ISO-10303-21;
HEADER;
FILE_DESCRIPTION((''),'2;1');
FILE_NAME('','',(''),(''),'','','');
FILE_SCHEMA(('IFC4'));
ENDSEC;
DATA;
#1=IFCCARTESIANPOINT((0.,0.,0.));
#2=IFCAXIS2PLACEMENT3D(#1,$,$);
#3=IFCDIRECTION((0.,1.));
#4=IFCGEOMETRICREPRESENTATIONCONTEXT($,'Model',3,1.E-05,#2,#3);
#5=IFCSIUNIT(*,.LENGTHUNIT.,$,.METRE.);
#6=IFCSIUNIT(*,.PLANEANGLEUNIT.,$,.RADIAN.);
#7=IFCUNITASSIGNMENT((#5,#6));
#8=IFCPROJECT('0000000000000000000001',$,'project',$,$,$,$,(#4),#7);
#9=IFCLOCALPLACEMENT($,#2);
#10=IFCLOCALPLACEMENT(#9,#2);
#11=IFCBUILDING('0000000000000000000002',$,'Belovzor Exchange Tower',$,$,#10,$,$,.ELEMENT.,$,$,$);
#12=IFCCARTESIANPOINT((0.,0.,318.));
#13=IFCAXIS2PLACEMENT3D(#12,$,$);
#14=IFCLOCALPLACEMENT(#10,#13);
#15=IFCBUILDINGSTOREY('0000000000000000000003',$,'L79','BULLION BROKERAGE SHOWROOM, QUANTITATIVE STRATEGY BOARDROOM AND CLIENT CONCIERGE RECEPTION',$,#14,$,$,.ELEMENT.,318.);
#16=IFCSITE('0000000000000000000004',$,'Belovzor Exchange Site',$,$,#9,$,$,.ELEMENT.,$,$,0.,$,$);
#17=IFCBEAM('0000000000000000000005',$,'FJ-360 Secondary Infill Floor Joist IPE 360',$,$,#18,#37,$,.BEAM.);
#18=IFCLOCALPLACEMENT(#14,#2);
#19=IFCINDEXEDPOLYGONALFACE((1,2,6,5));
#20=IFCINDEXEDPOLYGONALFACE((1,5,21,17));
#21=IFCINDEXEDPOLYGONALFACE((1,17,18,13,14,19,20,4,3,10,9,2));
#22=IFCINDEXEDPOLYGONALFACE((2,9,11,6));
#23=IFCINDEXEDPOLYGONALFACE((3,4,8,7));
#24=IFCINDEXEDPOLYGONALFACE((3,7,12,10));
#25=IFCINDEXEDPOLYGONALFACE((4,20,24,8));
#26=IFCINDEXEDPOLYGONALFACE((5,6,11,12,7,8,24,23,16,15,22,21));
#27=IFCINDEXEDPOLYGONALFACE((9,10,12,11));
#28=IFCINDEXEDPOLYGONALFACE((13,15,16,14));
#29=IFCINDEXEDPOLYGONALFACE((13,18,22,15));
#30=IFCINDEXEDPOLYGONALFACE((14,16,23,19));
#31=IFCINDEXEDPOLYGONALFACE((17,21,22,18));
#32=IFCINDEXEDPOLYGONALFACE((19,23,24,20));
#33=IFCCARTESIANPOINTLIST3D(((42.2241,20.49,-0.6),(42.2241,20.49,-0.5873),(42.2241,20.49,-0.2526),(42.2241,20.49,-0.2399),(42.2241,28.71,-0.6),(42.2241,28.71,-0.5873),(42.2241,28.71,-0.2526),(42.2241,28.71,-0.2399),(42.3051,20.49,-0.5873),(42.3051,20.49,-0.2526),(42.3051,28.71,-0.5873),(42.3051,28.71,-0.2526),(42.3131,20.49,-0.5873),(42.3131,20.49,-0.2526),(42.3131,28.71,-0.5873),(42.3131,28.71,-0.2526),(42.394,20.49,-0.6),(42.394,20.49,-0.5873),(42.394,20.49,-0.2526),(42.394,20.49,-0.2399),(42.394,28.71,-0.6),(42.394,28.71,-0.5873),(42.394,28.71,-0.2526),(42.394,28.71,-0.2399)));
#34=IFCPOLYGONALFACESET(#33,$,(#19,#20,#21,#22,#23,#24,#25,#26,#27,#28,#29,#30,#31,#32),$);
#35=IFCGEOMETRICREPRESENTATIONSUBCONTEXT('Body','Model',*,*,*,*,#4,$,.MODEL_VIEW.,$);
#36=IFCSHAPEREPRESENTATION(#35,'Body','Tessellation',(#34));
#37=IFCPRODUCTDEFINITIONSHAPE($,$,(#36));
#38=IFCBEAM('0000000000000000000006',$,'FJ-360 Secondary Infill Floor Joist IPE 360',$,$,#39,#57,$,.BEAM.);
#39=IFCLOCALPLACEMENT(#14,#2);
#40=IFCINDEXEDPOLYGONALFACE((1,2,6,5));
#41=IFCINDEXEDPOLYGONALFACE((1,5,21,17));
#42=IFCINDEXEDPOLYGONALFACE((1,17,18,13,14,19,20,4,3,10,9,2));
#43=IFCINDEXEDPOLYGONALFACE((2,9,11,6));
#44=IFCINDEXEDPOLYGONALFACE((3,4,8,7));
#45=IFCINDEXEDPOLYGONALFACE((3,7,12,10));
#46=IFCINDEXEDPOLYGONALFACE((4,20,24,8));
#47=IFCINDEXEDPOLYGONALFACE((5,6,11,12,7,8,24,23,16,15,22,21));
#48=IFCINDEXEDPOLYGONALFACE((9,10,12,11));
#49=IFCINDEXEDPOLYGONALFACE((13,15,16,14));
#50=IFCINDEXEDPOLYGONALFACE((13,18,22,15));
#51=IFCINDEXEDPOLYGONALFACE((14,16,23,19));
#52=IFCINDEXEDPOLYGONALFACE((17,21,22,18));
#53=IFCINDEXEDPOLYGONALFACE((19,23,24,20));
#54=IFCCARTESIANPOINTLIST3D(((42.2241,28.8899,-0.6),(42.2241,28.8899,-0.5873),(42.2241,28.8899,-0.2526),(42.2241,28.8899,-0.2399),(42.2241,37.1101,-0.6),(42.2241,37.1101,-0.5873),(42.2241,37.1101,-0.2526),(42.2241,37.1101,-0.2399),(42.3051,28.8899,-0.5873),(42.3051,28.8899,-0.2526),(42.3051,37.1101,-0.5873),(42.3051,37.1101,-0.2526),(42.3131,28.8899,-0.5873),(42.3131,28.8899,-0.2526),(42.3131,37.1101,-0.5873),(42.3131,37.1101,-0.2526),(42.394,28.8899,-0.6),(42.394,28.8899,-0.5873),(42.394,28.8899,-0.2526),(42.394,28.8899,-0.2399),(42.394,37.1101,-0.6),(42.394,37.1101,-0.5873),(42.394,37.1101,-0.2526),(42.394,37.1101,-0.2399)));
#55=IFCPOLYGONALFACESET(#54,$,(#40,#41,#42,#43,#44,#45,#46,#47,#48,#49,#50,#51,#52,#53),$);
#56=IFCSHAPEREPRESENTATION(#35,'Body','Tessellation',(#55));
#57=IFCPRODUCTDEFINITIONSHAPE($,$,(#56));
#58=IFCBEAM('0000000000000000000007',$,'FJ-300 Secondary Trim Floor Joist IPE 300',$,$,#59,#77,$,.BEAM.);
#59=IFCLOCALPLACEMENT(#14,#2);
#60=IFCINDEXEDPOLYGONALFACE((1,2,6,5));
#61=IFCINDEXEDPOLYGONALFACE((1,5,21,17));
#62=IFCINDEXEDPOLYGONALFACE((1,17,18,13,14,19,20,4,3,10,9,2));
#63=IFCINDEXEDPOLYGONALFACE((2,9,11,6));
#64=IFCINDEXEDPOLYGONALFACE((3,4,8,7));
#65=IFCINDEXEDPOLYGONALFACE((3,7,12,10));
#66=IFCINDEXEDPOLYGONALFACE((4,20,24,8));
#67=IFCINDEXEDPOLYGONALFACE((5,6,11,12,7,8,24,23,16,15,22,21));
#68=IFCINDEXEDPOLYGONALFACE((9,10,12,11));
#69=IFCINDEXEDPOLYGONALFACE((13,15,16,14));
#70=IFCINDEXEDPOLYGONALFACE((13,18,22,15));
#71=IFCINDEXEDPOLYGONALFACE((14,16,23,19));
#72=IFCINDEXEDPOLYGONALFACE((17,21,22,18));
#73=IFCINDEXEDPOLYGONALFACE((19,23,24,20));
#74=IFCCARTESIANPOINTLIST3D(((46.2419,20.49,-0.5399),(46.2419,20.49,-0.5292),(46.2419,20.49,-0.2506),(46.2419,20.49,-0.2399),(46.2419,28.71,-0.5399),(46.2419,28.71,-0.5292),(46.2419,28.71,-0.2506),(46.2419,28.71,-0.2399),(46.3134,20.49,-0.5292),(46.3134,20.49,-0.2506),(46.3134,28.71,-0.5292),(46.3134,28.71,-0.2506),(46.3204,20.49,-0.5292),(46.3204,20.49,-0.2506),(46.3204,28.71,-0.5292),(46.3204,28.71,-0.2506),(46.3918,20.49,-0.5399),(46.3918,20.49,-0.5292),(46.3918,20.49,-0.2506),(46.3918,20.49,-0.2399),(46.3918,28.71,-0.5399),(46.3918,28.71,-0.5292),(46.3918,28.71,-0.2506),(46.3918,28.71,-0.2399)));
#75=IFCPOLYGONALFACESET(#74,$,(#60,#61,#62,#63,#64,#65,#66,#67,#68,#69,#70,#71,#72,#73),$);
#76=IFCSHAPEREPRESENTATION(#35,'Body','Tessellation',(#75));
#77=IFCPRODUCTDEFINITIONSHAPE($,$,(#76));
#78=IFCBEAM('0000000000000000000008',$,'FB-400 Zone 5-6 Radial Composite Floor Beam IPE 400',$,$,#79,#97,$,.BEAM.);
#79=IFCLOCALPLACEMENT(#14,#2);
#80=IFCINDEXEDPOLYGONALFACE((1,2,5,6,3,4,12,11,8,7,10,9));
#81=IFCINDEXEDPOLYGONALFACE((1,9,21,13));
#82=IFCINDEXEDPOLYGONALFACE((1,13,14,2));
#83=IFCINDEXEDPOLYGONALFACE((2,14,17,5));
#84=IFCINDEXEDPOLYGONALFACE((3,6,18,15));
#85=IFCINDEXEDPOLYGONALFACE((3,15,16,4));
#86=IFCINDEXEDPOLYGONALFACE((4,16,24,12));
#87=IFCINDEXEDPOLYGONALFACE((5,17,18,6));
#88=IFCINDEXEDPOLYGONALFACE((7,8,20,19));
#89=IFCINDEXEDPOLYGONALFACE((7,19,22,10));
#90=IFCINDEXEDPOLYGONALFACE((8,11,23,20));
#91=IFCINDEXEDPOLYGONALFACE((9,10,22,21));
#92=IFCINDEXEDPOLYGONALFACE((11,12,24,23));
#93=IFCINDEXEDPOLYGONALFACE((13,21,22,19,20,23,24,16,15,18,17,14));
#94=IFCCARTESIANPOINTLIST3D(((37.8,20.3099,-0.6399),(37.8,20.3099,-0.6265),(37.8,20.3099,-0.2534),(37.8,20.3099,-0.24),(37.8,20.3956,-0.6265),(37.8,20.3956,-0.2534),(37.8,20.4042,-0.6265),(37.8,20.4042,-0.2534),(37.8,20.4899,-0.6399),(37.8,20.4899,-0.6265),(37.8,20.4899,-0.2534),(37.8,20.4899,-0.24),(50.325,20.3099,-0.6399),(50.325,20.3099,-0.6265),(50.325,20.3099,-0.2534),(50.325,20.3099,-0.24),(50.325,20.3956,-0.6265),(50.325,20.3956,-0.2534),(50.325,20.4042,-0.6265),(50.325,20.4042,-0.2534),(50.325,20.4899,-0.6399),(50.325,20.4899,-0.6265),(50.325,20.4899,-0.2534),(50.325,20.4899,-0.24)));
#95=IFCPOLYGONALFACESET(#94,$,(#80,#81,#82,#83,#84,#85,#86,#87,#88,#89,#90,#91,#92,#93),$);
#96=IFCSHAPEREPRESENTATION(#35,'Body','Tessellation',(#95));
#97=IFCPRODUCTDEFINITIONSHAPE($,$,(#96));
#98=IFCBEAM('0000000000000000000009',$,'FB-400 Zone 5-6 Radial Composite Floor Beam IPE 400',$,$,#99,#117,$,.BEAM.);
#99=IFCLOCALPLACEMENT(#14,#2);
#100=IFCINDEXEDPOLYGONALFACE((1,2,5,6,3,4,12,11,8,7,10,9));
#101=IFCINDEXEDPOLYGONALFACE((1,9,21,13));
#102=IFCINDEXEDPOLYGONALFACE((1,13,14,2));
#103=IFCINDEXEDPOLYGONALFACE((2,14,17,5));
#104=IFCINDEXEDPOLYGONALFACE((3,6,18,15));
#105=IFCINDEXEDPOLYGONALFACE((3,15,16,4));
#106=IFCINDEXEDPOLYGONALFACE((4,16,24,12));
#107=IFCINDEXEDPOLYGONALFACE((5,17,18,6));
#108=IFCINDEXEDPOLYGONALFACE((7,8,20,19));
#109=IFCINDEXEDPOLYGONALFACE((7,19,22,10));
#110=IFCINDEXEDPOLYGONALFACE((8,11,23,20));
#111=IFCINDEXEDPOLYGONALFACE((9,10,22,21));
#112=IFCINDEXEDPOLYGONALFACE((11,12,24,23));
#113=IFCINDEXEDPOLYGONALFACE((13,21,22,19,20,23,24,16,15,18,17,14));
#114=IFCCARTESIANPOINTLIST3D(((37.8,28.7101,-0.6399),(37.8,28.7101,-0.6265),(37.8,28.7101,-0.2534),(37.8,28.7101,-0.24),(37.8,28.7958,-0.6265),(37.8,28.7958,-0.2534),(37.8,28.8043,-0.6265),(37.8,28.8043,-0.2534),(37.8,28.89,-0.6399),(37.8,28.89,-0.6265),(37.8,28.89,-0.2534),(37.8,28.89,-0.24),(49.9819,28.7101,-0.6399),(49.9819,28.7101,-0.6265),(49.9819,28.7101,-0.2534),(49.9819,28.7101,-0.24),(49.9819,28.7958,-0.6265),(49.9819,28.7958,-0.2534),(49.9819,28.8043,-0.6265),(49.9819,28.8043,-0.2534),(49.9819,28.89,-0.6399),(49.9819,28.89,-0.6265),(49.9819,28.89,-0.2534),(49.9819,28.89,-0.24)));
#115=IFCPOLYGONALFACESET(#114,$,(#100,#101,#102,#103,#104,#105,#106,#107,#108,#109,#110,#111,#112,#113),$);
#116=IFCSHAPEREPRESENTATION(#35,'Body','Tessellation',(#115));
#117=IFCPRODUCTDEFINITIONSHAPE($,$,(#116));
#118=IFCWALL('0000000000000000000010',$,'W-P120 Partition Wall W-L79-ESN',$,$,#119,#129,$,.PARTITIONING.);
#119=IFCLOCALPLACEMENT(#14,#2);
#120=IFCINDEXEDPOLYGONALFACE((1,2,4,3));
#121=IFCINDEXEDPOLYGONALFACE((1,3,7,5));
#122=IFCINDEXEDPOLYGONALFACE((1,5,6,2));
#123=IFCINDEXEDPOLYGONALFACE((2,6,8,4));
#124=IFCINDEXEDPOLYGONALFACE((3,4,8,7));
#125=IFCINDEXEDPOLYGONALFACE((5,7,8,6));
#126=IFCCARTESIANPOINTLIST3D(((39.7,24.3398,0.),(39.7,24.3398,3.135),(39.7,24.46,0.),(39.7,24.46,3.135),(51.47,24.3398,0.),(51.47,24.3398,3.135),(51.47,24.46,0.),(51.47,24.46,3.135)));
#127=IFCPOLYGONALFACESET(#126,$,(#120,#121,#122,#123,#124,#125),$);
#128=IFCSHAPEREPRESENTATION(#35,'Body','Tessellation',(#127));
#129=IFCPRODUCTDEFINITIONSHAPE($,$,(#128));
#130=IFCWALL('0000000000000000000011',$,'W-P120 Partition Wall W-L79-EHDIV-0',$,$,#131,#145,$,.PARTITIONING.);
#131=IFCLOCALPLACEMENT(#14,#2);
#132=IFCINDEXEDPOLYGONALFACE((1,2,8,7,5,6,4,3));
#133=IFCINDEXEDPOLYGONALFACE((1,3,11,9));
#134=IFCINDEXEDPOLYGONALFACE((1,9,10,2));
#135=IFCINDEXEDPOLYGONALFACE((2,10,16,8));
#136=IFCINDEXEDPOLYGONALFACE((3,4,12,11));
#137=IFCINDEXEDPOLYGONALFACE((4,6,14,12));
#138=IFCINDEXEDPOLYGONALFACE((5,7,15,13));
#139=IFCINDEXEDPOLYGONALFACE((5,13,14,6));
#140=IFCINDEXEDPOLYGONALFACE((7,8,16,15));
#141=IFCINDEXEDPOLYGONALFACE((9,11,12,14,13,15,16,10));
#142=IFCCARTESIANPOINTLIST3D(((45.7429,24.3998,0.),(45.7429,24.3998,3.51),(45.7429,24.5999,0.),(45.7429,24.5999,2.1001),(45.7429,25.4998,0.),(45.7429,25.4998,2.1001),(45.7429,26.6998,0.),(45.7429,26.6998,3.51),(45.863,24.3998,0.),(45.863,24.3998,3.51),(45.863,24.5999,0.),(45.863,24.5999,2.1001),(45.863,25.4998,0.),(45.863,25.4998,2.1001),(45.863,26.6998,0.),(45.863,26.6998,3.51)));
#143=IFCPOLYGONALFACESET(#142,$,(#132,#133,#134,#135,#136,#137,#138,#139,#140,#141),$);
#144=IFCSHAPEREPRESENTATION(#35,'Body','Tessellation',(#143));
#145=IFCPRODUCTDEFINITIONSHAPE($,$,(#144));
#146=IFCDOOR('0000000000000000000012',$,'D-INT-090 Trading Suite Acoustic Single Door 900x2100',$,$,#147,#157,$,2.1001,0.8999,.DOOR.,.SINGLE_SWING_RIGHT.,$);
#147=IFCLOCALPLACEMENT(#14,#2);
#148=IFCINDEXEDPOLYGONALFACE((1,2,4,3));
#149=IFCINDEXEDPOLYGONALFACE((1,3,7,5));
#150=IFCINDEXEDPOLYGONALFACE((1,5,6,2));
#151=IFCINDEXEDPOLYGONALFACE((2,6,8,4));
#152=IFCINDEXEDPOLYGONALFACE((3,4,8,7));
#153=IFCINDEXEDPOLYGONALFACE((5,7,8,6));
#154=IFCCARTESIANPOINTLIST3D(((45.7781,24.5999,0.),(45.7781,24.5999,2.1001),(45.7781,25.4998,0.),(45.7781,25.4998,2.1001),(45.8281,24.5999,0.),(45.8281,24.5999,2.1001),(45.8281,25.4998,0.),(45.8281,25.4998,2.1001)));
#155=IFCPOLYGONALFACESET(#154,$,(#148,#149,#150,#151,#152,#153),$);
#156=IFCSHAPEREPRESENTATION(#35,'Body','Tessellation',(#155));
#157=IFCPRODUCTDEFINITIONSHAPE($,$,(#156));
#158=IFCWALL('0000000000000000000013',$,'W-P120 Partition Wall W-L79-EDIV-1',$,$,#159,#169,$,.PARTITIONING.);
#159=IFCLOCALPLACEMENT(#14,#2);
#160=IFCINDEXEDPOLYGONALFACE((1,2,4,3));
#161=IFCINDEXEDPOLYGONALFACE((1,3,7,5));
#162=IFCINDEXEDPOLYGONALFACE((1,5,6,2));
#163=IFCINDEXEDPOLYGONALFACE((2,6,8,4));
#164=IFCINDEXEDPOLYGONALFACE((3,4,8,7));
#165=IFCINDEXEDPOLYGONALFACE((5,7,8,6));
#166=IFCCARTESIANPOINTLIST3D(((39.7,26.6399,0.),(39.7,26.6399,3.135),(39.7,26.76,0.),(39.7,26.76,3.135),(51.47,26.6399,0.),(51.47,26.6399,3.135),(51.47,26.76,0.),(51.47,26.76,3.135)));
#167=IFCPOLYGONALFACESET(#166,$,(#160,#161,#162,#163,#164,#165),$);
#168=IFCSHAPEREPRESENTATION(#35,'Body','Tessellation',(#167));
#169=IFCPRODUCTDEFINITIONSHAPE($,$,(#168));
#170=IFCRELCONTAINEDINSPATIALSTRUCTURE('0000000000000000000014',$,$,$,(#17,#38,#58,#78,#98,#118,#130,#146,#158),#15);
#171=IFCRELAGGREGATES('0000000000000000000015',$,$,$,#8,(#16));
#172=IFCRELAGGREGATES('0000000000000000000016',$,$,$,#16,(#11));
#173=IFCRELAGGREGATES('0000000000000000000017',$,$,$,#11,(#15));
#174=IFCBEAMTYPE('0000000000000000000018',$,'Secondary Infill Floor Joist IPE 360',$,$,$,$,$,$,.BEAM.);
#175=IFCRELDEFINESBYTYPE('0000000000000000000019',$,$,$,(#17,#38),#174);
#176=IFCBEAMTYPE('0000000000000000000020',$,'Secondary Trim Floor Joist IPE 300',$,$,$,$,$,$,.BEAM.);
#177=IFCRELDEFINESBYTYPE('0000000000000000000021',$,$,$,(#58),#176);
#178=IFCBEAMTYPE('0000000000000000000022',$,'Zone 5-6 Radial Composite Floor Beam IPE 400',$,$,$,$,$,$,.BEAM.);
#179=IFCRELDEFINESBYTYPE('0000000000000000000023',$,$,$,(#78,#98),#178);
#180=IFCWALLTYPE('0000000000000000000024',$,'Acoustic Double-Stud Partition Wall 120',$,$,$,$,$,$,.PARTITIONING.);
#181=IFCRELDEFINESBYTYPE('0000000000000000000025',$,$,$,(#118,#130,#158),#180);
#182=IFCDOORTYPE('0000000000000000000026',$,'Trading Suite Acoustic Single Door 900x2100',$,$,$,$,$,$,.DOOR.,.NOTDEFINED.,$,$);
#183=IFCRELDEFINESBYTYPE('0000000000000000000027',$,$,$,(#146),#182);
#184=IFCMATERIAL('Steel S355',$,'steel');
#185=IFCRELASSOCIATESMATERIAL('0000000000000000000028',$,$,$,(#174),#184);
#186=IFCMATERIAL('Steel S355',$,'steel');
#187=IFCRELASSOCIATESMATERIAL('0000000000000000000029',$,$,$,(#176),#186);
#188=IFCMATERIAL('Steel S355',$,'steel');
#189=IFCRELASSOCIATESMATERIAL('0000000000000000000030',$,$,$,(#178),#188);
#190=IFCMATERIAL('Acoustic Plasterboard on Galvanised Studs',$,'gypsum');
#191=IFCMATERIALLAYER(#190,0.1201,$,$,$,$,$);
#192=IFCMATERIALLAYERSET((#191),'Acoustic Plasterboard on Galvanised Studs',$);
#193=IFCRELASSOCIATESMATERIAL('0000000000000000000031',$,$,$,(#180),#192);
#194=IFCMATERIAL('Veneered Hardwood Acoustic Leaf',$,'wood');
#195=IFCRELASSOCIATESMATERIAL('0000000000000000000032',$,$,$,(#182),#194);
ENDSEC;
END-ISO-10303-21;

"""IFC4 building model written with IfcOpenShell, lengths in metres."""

from ifc_helpers import new_model, si_unit, direction, frame, frame_2d, origin, origin_2d, place, context, subcontext, project, spatial, rectangle, i_section, extrude, material, layer, layer_set, material_profile, profile_set, type_object, element, fill, save


model = new_model("IFC4")

# Units and contexts
model_context = context("Model", 3, precision=1e-05, world=origin(), true_north=direction((0.0, 1.0)))
body_context = subcontext(model_context, "Body", "Model", "MODEL_VIEW")
ifc_project = project(units=[si_unit("LENGTHUNIT", "METRE"), si_unit("PLANEANGLEUNIT", "RADIAN")], contexts=[model_context])

# Site, building, storey
site_placement = place(None, origin())
site = spatial("IfcSite", under=ifc_project, at=site_placement, Name="Belovzor Exchange Site", CompositionType="ELEMENT", RefElevation=0.0)
building_placement = place(site_placement, origin())
building = spatial("IfcBuilding", under=site, at=building_placement, Name="Belovzor Exchange Tower", CompositionType="ELEMENT")
storey_placement = place(building_placement, frame((0.0, 0.0, 318.0)))
storey = spatial("IfcBuildingStorey", under=building, at=storey_placement, Name="L79", Description="BULLION BROKERAGE SHOWROOM, QUANTITATIVE STRATEGY BOARDROOM AND CLIENT CONCIERGE RECEPTION", CompositionType="ELEMENT", Elevation=318.0)

# Beams
ifc_material_1 = material(Name="Steel S355", Category="steel")
ifc_material_profile_1 = material_profile(ifc_material_1, i_section(OverallWidth=0.1699, OverallDepth=0.3601, WebThickness=0.0081, FlangeThickness=0.0127, at=origin_2d()))
ifc_profile_set_1 = profile_set([ifc_material_profile_1], Name="Steel S355")
beam_type_1 = type_object("IfcBeamType", Name="Secondary Infill Floor Joist IPE 360", PredefinedType="BEAM", material=ifc_profile_set_1)
beam_1_placement = place(storey_placement, frame((42.3091, 20.49, -0.4199), z_axis=(0.0, 1.0, 0.0), x_axis=(-1.0, 0.0, 0.0)))
element("IfcBeam", 1, at=beam_1_placement, inside=storey, type_object=beam_type_1, Name="FJ-360 Secondary Infill Floor Joist IPE 360", PredefinedType="BEAM", context=body_context, shape_type="SweptSolid", body=[
    extrude(i_section(OverallWidth=0.1699, OverallDepth=0.3601, WebThickness=0.0081, FlangeThickness=0.0127, at=origin_2d()), origin(), (0.0, 0.0, 1.0), 8.22),
])
beam_2_placement = place(storey_placement, frame((42.3091, 28.8899, -0.4199), z_axis=(0.0, 1.0, 0.0), x_axis=(-1.0, 0.0, 0.0)))
element("IfcBeam", 2, at=beam_2_placement, inside=storey, type_object=beam_type_1, Name="FJ-360 Secondary Infill Floor Joist IPE 360", PredefinedType="BEAM", context=body_context, shape_type="SweptSolid", body=[
    extrude(i_section(OverallWidth=0.1699, OverallDepth=0.3601, WebThickness=0.0081, FlangeThickness=0.0127, at=origin_2d()), origin(), (0.0, 0.0, 1.0), 8.2202),
])
ifc_material_2 = material(Name="Steel S355", Category="steel")
ifc_material_profile_2 = material_profile(ifc_material_2, i_section(OverallWidth=0.1499, OverallDepth=0.3, WebThickness=0.0071, FlangeThickness=0.0107, at=origin_2d()))
ifc_profile_set_2 = profile_set([ifc_material_profile_2], Name="Steel S355")
beam_type_2 = type_object("IfcBeamType", Name="Secondary Trim Floor Joist IPE 300", PredefinedType="BEAM", material=ifc_profile_set_2)
beam_3_placement = place(storey_placement, frame((46.3169, 20.49, -0.3899), z_axis=(0.0, 1.0, 0.0), x_axis=(-1.0, 0.0, 0.0)))
element("IfcBeam", 3, at=beam_3_placement, inside=storey, type_object=beam_type_2, Name="FJ-300 Secondary Trim Floor Joist IPE 300", PredefinedType="BEAM", context=body_context, shape_type="SweptSolid", body=[
    extrude(i_section(OverallWidth=0.1499, OverallDepth=0.3, WebThickness=0.0071, FlangeThickness=0.0107, at=origin_2d()), origin(), (0.0, 0.0, 1.0), 8.22),
])
ifc_material_3 = material(Name="Steel S355", Category="steel")
ifc_material_profile_3 = material_profile(ifc_material_3, i_section(OverallWidth=0.1799, OverallDepth=0.3999, WebThickness=0.0085, FlangeThickness=0.0134, at=origin_2d()))
ifc_profile_set_3 = profile_set([ifc_material_profile_3], Name="Steel S355")
beam_type_3 = type_object("IfcBeamType", Name="Zone 5-6 Radial Composite Floor Beam IPE 400", PredefinedType="BEAM", material=ifc_profile_set_3)
beam_4_placement = place(storey_placement, frame((37.8, 20.3999, -0.4399), z_axis=(1.0, 0.0, 0.0), x_axis=(0.0, 1.0, 0.0)))
element("IfcBeam", 4, at=beam_4_placement, inside=storey, type_object=beam_type_3, Name="FB-400 Zone 5-6 Radial Composite Floor Beam IPE 400", PredefinedType="BEAM", context=body_context, shape_type="SweptSolid", body=[
    extrude(i_section(OverallWidth=0.1799, OverallDepth=0.3999, WebThickness=0.0085, FlangeThickness=0.0134, at=origin_2d()), origin(), (0.0, 0.0, 1.0), 12.5249),
])
beam_5_placement = place(storey_placement, frame((37.8, 28.8, -0.4399), z_axis=(1.0, 0.0, 0.0), x_axis=(0.0, 1.0, 0.0)))
element("IfcBeam", 5, at=beam_5_placement, inside=storey, type_object=beam_type_3, Name="FB-400 Zone 5-6 Radial Composite Floor Beam IPE 400", PredefinedType="BEAM", context=body_context, shape_type="SweptSolid", body=[
    extrude(i_section(OverallWidth=0.1799, OverallDepth=0.3999, WebThickness=0.0085, FlangeThickness=0.0134, at=origin_2d()), origin(), (0.0, 0.0, 1.0), 12.1819),
])

# Wall
ifc_material_4 = material(Name="Acoustic Plasterboard on Galvanised Studs", Category="gypsum")
ifc_layer_1 = layer(ifc_material_4, 0.1201)
ifc_layer_set_1 = layer_set([ifc_layer_1], Name="Acoustic Plasterboard on Galvanised Studs")
wall_type_1 = type_object("IfcWallType", Name="Acoustic Double-Stud Partition Wall 120", PredefinedType="PARTITIONING", material=ifc_layer_set_1)
wall_1_placement = place(storey_placement, frame((39.7, 24.3999, 0.0), z_axis=(0.0, 0.0, 1.0), x_axis=(1.0, 0.0, 0.0)))
element("IfcWall", 6, at=wall_1_placement, inside=storey, type_object=wall_type_1, Name="W-P120 Partition Wall W-L79-ESN", PredefinedType="PARTITIONING", context=body_context, shape_type="SweptSolid", body=[
    extrude(rectangle(XDim=11.77, YDim=0.1201, at=frame_2d((5.885, 0.0))), origin(), (0.0, 0.0, 1.0), 3.135),
])

# Wall, opening, door
wall_2_placement = place(storey_placement, frame((45.803, 24.3999, 0.0), z_axis=(0.0, 0.0, 1.0), x_axis=(0.0, 1.0, 0.0)))
wall_2 = element("IfcWall", 7, at=wall_2_placement, inside=storey, type_object=wall_type_1, Name="W-P120 Partition Wall W-L79-EHDIV-0", PredefinedType="PARTITIONING", context=body_context, shape_type="SweptSolid", body=[
    extrude(rectangle(XDim=2.3, YDim=0.1201, at=frame_2d((1.1499, 0.0))), origin(), (0.0, 0.0, 1.0), 3.51),
])
opening_1_placement = place(wall_2_placement, frame((0.2, 0.0, 0.0)))
opening_1 = element("IfcOpeningElement", 8, at=opening_1_placement, cuts=wall_2, PredefinedType="OPENING", context=body_context, shape_type="SweptSolid", body=[
    extrude(rectangle(XDim=0.8999, YDim=2.1001, at=frame_2d((0.45, 1.05))), frame((0.0, 0.0701, 0.0), z_axis=(0.0, -1.0, 0.0), x_axis=(1.0, 0.0, 0.0)), (0.0, 0.0, 1.0), 0.1401),
])
ifc_material_5 = material(Name="Veneered Hardwood Acoustic Leaf", Category="wood")
door_type_1 = type_object("IfcDoorType", Name="Trading Suite Acoustic Single Door 900x2100", OperationType="NOTDEFINED", PredefinedType="DOOR", material=ifc_material_5)
door_1_placement = place(opening_1_placement, origin())
door_1 = element("IfcDoor", 9, at=door_1_placement, inside=storey, type_object=door_type_1, Name="D-INT-090 Trading Suite Acoustic Single Door 900x2100", OperationType="SINGLE_SWING_RIGHT", OverallHeight=2.1001, OverallWidth=0.8999, PredefinedType="DOOR", context=body_context, shape_type="SweptSolid", body=[
    extrude(rectangle(XDim=0.8999, YDim=2.1001, at=frame_2d((0.45, 1.05))), frame((0.0, 0.0249, 0.0), z_axis=(0.0, -1.0, 0.0), x_axis=(1.0, 0.0, 0.0)), (0.0, 0.0, 1.0), 0.05),
])
fill(opening_1, door_1)

# Wall
wall_3_placement = place(storey_placement, frame((39.7, 26.7, 0.0), z_axis=(0.0, 0.0, 1.0), x_axis=(1.0, 0.0, 0.0)))
element("IfcWall", 10, at=wall_3_placement, inside=storey, type_object=wall_type_1, Name="W-P120 Partition Wall W-L79-EDIV-1", PredefinedType="PARTITIONING", context=body_context, shape_type="SweptSolid", body=[
    extrude(rectangle(XDim=11.77, YDim=0.1201, at=frame_2d((5.885, 0.0))), origin(), (0.0, 0.0, 1.0), 3.135),
])

save(model, "model.ifc")
